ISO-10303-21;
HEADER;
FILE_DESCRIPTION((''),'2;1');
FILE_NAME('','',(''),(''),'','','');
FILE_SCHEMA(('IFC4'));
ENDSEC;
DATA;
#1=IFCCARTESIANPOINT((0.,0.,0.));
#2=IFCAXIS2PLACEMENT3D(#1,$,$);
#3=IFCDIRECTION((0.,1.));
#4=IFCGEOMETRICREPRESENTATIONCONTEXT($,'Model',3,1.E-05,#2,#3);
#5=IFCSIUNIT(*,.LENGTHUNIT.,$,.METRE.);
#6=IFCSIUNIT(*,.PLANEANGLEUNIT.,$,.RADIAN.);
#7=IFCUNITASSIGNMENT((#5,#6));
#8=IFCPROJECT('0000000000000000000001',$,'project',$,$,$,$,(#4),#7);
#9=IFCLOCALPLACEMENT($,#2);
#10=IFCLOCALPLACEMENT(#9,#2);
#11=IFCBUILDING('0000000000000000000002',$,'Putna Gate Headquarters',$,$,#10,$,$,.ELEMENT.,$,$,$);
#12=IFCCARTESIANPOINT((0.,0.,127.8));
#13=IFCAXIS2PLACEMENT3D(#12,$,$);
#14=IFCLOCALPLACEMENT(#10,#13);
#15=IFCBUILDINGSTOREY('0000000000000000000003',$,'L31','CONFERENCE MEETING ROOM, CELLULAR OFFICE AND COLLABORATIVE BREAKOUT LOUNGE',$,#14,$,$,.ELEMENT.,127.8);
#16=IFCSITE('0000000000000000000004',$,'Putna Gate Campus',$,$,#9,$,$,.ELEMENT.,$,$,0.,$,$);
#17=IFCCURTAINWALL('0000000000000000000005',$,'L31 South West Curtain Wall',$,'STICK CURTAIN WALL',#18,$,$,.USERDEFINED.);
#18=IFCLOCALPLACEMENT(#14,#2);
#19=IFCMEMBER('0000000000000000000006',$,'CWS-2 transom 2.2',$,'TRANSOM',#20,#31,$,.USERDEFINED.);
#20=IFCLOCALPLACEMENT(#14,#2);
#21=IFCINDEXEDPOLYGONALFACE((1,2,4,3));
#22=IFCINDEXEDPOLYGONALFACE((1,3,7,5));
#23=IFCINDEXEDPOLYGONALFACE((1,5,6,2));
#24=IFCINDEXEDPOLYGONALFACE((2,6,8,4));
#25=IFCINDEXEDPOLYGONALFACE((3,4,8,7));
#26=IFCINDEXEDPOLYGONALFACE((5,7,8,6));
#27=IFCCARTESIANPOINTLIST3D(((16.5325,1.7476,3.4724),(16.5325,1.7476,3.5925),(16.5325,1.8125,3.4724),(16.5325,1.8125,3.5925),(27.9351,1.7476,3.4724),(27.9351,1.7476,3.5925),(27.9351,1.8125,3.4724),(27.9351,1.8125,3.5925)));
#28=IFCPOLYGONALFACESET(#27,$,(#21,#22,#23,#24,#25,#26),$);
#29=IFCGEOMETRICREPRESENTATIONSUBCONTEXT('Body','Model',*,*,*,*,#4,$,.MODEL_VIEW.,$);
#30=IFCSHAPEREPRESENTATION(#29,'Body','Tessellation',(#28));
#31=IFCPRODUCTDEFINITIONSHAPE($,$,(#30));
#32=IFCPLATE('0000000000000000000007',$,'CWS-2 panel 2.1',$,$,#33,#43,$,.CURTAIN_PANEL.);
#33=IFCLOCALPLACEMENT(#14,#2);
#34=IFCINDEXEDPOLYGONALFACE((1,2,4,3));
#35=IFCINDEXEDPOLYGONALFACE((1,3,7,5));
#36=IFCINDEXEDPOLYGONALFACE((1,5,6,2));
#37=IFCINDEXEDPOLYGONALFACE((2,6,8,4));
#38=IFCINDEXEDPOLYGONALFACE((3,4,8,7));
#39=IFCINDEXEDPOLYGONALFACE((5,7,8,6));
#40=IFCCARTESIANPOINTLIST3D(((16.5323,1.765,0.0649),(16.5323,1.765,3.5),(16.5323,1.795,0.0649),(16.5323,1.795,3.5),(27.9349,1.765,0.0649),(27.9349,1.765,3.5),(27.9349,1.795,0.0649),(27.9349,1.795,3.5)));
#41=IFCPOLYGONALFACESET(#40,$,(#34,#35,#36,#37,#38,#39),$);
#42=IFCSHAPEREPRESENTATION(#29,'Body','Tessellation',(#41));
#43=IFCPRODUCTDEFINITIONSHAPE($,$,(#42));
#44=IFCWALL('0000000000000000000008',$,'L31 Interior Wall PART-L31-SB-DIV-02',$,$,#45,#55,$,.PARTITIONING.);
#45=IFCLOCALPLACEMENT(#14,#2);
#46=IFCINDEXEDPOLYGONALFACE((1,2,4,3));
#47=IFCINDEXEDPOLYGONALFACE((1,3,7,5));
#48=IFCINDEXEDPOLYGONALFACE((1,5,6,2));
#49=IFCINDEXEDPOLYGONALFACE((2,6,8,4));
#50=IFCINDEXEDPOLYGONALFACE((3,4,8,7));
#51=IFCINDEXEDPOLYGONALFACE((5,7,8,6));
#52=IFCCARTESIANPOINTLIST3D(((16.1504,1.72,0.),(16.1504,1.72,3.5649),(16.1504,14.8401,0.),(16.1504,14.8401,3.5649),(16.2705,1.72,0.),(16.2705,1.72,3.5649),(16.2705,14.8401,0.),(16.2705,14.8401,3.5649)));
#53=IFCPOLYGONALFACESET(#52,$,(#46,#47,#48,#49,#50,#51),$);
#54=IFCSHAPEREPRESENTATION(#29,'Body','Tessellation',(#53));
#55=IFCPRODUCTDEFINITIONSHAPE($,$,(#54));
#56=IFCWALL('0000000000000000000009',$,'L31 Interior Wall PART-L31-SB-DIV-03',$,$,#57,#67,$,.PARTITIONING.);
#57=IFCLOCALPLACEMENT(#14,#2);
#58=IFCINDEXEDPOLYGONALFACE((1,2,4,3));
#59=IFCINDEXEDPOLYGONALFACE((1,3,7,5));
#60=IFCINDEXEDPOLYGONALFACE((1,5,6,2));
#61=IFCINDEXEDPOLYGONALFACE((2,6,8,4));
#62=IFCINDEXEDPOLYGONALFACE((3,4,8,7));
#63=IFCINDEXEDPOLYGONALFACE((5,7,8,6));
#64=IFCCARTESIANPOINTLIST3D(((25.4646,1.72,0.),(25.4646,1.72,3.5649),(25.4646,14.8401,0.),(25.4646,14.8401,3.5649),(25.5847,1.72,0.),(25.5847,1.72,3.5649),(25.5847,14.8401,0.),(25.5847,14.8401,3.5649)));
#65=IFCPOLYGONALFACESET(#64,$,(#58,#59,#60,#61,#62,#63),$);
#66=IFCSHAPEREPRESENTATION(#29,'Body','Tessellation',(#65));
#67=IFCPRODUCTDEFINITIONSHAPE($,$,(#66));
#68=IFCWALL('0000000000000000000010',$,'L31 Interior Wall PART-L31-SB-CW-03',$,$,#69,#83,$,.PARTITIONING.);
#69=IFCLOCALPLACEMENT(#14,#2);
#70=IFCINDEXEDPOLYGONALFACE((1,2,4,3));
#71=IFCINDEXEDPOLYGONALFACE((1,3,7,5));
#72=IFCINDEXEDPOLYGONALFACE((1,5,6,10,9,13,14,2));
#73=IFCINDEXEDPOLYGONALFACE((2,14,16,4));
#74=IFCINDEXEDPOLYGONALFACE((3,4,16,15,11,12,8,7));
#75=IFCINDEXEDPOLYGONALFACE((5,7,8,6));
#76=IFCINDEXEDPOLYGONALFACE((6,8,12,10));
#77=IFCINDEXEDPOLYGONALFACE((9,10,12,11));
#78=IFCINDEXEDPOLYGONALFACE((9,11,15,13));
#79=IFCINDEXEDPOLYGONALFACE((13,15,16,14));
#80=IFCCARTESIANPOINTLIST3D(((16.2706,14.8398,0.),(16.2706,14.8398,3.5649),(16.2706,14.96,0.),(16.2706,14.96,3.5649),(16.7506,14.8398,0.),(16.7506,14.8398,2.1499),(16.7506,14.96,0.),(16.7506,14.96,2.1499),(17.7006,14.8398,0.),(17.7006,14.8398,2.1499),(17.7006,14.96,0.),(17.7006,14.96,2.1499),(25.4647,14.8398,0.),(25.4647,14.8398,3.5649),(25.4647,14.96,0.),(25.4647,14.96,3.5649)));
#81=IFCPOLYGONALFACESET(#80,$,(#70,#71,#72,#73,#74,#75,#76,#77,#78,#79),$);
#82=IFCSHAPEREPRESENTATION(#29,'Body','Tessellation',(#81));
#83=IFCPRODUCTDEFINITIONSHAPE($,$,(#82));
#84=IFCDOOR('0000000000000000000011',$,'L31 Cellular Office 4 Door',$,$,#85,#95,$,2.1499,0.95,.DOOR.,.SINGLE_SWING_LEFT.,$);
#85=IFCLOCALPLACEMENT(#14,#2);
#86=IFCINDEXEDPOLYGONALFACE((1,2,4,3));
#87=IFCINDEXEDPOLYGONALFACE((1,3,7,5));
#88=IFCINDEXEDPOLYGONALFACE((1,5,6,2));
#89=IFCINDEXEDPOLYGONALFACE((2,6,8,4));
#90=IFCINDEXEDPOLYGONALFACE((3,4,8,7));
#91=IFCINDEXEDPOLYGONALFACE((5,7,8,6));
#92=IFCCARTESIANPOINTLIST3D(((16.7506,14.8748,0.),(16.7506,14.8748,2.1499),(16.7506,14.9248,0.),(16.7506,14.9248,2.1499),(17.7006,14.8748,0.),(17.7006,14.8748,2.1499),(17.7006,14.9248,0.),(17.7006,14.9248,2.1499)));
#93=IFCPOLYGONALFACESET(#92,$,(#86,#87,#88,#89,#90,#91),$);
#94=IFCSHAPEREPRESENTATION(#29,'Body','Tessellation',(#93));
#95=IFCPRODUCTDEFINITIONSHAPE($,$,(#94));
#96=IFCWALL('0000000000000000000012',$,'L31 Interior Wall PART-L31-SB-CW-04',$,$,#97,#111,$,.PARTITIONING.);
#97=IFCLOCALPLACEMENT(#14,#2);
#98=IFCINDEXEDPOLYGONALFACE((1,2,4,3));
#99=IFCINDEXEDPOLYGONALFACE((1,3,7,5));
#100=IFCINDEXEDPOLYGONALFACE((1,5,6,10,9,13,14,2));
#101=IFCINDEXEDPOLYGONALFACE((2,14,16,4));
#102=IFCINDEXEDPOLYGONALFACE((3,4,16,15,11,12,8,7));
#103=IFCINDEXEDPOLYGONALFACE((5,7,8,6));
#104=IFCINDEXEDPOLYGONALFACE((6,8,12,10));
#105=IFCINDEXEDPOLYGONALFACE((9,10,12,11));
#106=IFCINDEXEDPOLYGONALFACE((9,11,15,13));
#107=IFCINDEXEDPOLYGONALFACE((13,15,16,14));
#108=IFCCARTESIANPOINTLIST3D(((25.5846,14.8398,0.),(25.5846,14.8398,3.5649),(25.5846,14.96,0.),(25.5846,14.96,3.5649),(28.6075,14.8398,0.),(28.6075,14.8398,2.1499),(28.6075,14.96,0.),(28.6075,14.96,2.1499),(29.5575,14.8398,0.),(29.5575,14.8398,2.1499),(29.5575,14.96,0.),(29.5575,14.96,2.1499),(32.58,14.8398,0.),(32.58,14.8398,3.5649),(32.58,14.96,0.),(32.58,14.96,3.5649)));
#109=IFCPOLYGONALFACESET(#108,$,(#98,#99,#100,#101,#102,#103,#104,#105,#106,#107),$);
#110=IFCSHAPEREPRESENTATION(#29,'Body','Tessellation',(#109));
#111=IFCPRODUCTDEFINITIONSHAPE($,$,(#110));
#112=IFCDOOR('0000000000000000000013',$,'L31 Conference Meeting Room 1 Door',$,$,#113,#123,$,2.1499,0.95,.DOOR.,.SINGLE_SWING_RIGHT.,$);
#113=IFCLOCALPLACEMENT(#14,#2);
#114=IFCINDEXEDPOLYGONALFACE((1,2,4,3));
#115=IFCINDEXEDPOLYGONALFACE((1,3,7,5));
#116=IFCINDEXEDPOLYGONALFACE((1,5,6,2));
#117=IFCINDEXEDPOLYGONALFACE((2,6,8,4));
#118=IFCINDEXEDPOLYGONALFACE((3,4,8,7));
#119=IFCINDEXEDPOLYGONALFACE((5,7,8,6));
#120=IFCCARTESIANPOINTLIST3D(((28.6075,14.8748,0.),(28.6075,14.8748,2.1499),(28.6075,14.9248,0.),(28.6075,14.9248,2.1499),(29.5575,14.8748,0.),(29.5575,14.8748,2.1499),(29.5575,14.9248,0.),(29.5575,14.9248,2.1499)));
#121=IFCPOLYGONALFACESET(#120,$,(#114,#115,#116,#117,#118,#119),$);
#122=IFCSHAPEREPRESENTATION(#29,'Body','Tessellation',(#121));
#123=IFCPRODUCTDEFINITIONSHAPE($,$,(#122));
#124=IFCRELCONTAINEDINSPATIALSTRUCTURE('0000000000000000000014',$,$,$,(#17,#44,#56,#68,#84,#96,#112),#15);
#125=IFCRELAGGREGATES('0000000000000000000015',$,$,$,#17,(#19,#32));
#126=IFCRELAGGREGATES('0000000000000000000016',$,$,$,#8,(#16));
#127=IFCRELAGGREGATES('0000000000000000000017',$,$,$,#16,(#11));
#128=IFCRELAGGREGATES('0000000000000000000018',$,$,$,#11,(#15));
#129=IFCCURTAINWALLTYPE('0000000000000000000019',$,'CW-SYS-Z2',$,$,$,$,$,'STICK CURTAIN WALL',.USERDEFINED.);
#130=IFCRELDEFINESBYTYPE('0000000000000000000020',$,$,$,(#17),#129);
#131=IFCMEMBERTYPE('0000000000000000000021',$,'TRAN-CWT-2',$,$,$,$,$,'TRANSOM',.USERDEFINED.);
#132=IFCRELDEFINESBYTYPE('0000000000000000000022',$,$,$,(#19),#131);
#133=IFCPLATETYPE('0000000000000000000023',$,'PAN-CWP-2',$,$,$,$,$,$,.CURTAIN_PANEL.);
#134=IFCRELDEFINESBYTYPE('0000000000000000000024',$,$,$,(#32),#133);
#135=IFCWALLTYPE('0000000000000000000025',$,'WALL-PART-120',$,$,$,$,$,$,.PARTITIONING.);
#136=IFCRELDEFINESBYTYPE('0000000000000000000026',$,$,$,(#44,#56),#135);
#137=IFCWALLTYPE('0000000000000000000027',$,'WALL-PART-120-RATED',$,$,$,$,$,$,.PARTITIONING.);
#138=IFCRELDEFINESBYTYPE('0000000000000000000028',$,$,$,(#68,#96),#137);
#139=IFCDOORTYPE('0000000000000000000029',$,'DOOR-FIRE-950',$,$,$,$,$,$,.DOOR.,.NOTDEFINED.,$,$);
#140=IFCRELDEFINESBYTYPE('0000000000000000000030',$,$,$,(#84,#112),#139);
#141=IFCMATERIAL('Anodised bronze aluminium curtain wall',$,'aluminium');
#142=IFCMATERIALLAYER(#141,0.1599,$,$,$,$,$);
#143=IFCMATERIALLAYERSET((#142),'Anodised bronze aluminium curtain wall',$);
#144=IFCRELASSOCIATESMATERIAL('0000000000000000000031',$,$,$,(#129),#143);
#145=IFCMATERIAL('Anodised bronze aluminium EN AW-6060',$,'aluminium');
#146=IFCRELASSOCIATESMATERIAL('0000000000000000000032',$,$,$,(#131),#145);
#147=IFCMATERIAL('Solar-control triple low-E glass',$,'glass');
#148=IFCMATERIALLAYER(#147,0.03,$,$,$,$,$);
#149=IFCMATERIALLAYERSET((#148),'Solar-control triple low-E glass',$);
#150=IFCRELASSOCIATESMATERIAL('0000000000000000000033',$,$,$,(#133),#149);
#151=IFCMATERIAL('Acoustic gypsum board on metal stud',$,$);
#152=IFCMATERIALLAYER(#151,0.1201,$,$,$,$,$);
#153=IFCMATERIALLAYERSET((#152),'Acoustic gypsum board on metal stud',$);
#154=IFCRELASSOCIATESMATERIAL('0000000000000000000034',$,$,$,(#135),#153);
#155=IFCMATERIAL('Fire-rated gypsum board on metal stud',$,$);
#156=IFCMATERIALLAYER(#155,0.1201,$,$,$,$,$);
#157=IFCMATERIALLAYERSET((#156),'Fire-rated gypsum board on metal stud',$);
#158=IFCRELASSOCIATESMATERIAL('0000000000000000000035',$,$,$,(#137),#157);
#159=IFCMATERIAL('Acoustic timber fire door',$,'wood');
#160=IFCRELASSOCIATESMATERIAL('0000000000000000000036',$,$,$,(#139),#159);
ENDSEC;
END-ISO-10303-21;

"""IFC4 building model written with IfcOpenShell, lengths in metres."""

from ifc_helpers import new_model, si_unit, direction, frame, frame_2d, origin, origin_2d, place, context, subcontext, project, spatial, rectangle, extrude, material, layer, layer_set, material_profile, profile_set, type_object, element, fill, aggregate, save


model = new_model("IFC4")

# Units and contexts
model_context = context("Model", 3, precision=1e-05, world=origin(), true_north=direction((0.0, 1.0)))
body_context = subcontext(model_context, "Body", "Model", "MODEL_VIEW")
ifc_project = project(units=[si_unit("LENGTHUNIT", "METRE"), si_unit("PLANEANGLEUNIT", "RADIAN")], contexts=[model_context])

# Site, building, storey
site_placement = place(None, origin())
site = spatial("IfcSite", under=ifc_project, at=site_placement, Name="Putna Gate Campus", CompositionType="ELEMENT", RefElevation=0.0)
building_placement = place(site_placement, origin())
building = spatial("IfcBuilding", under=site, at=building_placement, Name="Putna Gate Headquarters", CompositionType="ELEMENT")
storey_placement = place(building_placement, frame((0.0, 0.0, 127.8)))
storey = spatial("IfcBuildingStorey", under=building, at=storey_placement, Name="L31", Description="CONFERENCE MEETING ROOM, CELLULAR OFFICE AND COLLABORATIVE BREAKOUT LOUNGE", CompositionType="ELEMENT", Elevation=127.8)

# Curtain wall, member, plate
ifc_material_1 = material(Name="Anodised bronze aluminium curtain wall", Category="aluminium")
ifc_layer_1 = layer(ifc_material_1, 0.1599)
ifc_layer_set_1 = layer_set([ifc_layer_1], Name="Anodised bronze aluminium curtain wall")
curtain_wall_type = type_object("IfcCurtainWallType", Name="CW-SYS-Z2", ElementType="STICK CURTAIN WALL", PredefinedType="USERDEFINED", material=ifc_layer_set_1)
curtain_wall_placement = place(storey_placement, origin())
curtain_wall = element("IfcCurtainWall", 1, at=curtain_wall_placement, inside=storey, type_object=curtain_wall_type, Name="L31 South West Curtain Wall", ObjectType="STICK CURTAIN WALL", PredefinedType="USERDEFINED")
ifc_material_2 = material(Name="Anodised bronze aluminium EN AW-6060", Category="aluminium")
ifc_material_profile_1 = material_profile(ifc_material_2, rectangle(XDim=0.0649, YDim=0.1201, at=origin_2d()), Name="Anodised bronze aluminium EN AW-6060")
ifc_profile_set_1 = profile_set([ifc_material_profile_1], Name="Anodised bronze aluminium EN AW-6060")
member_type_1 = type_object("IfcMemberType", Name="TRAN-CWT-2", ElementType="TRANSOM", PredefinedType="USERDEFINED", material=ifc_profile_set_1)
member_1_placement = place(storey_placement, frame((16.5325, 1.78, 3.5325), z_axis=(1.0, 0.0, 0.0), x_axis=(0.0, 1.0, 0.0)))
member_1 = element("IfcMember", 2, at=member_1_placement, type_object=member_type_1, Name="CWS-2 transom 2.2", ObjectType="TRANSOM", PredefinedType="USERDEFINED", context=body_context, shape_type="SweptSolid", body=[
    extrude(rectangle(XDim=0.0649, YDim=0.1201, at=origin_2d()), origin(), (0.0, 0.0, 1.0), 11.4026),
])
ifc_material_3 = material(Name="Solar-control triple low-E glass", Category="glass")
ifc_layer_2 = layer(ifc_material_3, 0.03)
ifc_layer_set_2 = layer_set([ifc_layer_2], Name="Solar-control triple low-E glass")
plate_type = type_object("IfcPlateType", Name="PAN-CWP-2", PredefinedType="CURTAIN_PANEL", material=ifc_layer_set_2)
plate_placement = place(storey_placement, frame((22.2336, 1.78, 0.0649), z_axis=(0.0, 0.0, 1.0), x_axis=(1.0, 0.0, 0.0)))
plate = element("IfcPlate", 3, at=plate_placement, type_object=plate_type, Name="CWS-2 panel 2.1", PredefinedType="CURTAIN_PANEL", context=body_context, shape_type="SweptSolid", body=[
    extrude(rectangle(XDim=11.4026, YDim=0.03, at=origin_2d()), origin(), (0.0, 0.0, 1.0), 3.4351),
])
aggregate(curtain_wall, [member_1, plate])

# Walls
ifc_material_4 = material(Name="Acoustic gypsum board on metal stud")
ifc_layer_3 = layer(ifc_material_4, 0.1201)
ifc_layer_set_3 = layer_set([ifc_layer_3], Name="Acoustic gypsum board on metal stud")
wall_type_1 = type_object("IfcWallType", Name="WALL-PART-120", PredefinedType="PARTITIONING", material=ifc_layer_set_3)
for number, where, z_axis, x_axis, name in (
    (4, (16.2104, 1.72, 0.0), (0.0, 0.0, 1.0), (0.0, 1.0, 0.0), "L31 Interior Wall PART-L31-SB-DIV-02"),
    (5, (25.5247, 1.72, 0.0), (0.0, 0.0, 1.0), (0.0, 1.0, 0.0), "L31 Interior Wall PART-L31-SB-DIV-03"),
):
    element("IfcWall", number, at=place(storey_placement, frame(where, z_axis=z_axis, x_axis=x_axis)), inside=storey, type_object=wall_type_1, Name=name, PredefinedType="PARTITIONING", context=body_context, shape_type="SweptSolid", body=[
        extrude(rectangle(XDim=13.1201, YDim=0.1201, at=frame_2d((6.5601, 0.0))), origin(), (0.0, 0.0, 1.0), 3.5649),
    ])

# Walls, openings, doors
ifc_material_5 = material(Name="Fire-rated gypsum board on metal stud")
ifc_layer_4 = layer(ifc_material_5, 0.1201)
ifc_layer_set_4 = layer_set([ifc_layer_4], Name="Fire-rated gypsum board on metal stud")
wall_type_2 = type_object("IfcWallType", Name="WALL-PART-120-RATED", PredefinedType="PARTITIONING", material=ifc_layer_set_4)
wall_1_placement = place(storey_placement, frame((16.2705, 14.8999, 0.0), z_axis=(0.0, 0.0, 1.0), x_axis=(1.0, 0.0, 0.0)))
wall_1 = element("IfcWall", 6, at=wall_1_placement, inside=storey, type_object=wall_type_2, Name="L31 Interior Wall PART-L31-SB-CW-03", PredefinedType="PARTITIONING", context=body_context, shape_type="SweptSolid", body=[
    extrude(rectangle(XDim=9.1941, YDim=0.1201, at=frame_2d((4.5972, 0.0))), origin(), (0.0, 0.0, 1.0), 3.5649),
])
opening_1_placement = place(wall_1_placement, frame((0.48, 0.0, 0.0)))
opening_1 = element("IfcOpeningElement", 7, at=opening_1_placement, cuts=wall_1, PredefinedType="OPENING", context=body_context, shape_type="SweptSolid", body=[
    extrude(rectangle(XDim=0.95, YDim=2.1499, at=frame_2d((0.4751, 1.075))), frame((0.0, 0.0701, 0.0), z_axis=(0.0, -1.0, 0.0), x_axis=(1.0, 0.0, 0.0)), (0.0, 0.0, 1.0), 0.1401),
])
ifc_material_6 = material(Name="Acoustic timber fire door", Category="wood")
door_type_1 = type_object("IfcDoorType", Name="DOOR-FIRE-950", OperationType="NOTDEFINED", PredefinedType="DOOR", material=ifc_material_6)
door_1_placement = place(opening_1_placement, origin())
door_1 = element("IfcDoor", 8, at=door_1_placement, inside=storey, type_object=door_type_1, Name="L31 Cellular Office 4 Door", OperationType="SINGLE_SWING_LEFT", OverallHeight=2.1499, OverallWidth=0.95, PredefinedType="DOOR", context=body_context, shape_type="SweptSolid", body=[
    extrude(rectangle(XDim=0.95, YDim=2.1499, at=frame_2d((0.4751, 1.075))), frame((0.0, 0.0249, 0.0), z_axis=(0.0, -1.0, 0.0), x_axis=(1.0, 0.0, 0.0)), (0.0, 0.0, 1.0), 0.05),
])
fill(opening_1, door_1)
wall_2_placement = place(storey_placement, frame((25.5847, 14.8999, 0.0), z_axis=(0.0, 0.0, 1.0), x_axis=(1.0, 0.0, 0.0)))
wall_2 = element("IfcWall", 9, at=wall_2_placement, inside=storey, type_object=wall_type_2, Name="L31 Interior Wall PART-L31-SB-CW-04", PredefinedType="PARTITIONING", context=body_context, shape_type="SweptSolid", body=[
    extrude(rectangle(XDim=6.9954, YDim=0.1201, at=frame_2d((3.4976, 0.0))), origin(), (0.0, 0.0, 1.0), 3.5649),
])
opening_2_placement = place(wall_2_placement, frame((3.0227, 0.0, 0.0)))
opening_2 = element("IfcOpeningElement", 10, at=opening_2_placement, cuts=wall_2, PredefinedType="OPENING", context=body_context, shape_type="SweptSolid", body=[
    extrude(rectangle(XDim=0.95, YDim=2.1499, at=frame_2d((0.4751, 1.075))), frame((0.0, 0.0701, 0.0), z_axis=(0.0, -1.0, 0.0), x_axis=(1.0, 0.0, 0.0)), (0.0, 0.0, 1.0), 0.1401),
])
door_2_placement = place(opening_2_placement, origin())
door_2 = element("IfcDoor", 11, at=door_2_placement, inside=storey, type_object=door_type_1, Name="L31 Conference Meeting Room 1 Door", OperationType="SINGLE_SWING_RIGHT", OverallHeight=2.1499, OverallWidth=0.95, PredefinedType="DOOR", context=body_context, shape_type="SweptSolid", body=[
    extrude(rectangle(XDim=0.95, YDim=2.1499, at=frame_2d((0.4751, 1.075))), frame((0.0, 0.0249, 0.0), z_axis=(0.0, -1.0, 0.0), x_axis=(1.0, 0.0, 0.0)), (0.0, 0.0, 1.0), 0.05),
])
fill(opening_2, door_2)

save(model, "model.ifc")
